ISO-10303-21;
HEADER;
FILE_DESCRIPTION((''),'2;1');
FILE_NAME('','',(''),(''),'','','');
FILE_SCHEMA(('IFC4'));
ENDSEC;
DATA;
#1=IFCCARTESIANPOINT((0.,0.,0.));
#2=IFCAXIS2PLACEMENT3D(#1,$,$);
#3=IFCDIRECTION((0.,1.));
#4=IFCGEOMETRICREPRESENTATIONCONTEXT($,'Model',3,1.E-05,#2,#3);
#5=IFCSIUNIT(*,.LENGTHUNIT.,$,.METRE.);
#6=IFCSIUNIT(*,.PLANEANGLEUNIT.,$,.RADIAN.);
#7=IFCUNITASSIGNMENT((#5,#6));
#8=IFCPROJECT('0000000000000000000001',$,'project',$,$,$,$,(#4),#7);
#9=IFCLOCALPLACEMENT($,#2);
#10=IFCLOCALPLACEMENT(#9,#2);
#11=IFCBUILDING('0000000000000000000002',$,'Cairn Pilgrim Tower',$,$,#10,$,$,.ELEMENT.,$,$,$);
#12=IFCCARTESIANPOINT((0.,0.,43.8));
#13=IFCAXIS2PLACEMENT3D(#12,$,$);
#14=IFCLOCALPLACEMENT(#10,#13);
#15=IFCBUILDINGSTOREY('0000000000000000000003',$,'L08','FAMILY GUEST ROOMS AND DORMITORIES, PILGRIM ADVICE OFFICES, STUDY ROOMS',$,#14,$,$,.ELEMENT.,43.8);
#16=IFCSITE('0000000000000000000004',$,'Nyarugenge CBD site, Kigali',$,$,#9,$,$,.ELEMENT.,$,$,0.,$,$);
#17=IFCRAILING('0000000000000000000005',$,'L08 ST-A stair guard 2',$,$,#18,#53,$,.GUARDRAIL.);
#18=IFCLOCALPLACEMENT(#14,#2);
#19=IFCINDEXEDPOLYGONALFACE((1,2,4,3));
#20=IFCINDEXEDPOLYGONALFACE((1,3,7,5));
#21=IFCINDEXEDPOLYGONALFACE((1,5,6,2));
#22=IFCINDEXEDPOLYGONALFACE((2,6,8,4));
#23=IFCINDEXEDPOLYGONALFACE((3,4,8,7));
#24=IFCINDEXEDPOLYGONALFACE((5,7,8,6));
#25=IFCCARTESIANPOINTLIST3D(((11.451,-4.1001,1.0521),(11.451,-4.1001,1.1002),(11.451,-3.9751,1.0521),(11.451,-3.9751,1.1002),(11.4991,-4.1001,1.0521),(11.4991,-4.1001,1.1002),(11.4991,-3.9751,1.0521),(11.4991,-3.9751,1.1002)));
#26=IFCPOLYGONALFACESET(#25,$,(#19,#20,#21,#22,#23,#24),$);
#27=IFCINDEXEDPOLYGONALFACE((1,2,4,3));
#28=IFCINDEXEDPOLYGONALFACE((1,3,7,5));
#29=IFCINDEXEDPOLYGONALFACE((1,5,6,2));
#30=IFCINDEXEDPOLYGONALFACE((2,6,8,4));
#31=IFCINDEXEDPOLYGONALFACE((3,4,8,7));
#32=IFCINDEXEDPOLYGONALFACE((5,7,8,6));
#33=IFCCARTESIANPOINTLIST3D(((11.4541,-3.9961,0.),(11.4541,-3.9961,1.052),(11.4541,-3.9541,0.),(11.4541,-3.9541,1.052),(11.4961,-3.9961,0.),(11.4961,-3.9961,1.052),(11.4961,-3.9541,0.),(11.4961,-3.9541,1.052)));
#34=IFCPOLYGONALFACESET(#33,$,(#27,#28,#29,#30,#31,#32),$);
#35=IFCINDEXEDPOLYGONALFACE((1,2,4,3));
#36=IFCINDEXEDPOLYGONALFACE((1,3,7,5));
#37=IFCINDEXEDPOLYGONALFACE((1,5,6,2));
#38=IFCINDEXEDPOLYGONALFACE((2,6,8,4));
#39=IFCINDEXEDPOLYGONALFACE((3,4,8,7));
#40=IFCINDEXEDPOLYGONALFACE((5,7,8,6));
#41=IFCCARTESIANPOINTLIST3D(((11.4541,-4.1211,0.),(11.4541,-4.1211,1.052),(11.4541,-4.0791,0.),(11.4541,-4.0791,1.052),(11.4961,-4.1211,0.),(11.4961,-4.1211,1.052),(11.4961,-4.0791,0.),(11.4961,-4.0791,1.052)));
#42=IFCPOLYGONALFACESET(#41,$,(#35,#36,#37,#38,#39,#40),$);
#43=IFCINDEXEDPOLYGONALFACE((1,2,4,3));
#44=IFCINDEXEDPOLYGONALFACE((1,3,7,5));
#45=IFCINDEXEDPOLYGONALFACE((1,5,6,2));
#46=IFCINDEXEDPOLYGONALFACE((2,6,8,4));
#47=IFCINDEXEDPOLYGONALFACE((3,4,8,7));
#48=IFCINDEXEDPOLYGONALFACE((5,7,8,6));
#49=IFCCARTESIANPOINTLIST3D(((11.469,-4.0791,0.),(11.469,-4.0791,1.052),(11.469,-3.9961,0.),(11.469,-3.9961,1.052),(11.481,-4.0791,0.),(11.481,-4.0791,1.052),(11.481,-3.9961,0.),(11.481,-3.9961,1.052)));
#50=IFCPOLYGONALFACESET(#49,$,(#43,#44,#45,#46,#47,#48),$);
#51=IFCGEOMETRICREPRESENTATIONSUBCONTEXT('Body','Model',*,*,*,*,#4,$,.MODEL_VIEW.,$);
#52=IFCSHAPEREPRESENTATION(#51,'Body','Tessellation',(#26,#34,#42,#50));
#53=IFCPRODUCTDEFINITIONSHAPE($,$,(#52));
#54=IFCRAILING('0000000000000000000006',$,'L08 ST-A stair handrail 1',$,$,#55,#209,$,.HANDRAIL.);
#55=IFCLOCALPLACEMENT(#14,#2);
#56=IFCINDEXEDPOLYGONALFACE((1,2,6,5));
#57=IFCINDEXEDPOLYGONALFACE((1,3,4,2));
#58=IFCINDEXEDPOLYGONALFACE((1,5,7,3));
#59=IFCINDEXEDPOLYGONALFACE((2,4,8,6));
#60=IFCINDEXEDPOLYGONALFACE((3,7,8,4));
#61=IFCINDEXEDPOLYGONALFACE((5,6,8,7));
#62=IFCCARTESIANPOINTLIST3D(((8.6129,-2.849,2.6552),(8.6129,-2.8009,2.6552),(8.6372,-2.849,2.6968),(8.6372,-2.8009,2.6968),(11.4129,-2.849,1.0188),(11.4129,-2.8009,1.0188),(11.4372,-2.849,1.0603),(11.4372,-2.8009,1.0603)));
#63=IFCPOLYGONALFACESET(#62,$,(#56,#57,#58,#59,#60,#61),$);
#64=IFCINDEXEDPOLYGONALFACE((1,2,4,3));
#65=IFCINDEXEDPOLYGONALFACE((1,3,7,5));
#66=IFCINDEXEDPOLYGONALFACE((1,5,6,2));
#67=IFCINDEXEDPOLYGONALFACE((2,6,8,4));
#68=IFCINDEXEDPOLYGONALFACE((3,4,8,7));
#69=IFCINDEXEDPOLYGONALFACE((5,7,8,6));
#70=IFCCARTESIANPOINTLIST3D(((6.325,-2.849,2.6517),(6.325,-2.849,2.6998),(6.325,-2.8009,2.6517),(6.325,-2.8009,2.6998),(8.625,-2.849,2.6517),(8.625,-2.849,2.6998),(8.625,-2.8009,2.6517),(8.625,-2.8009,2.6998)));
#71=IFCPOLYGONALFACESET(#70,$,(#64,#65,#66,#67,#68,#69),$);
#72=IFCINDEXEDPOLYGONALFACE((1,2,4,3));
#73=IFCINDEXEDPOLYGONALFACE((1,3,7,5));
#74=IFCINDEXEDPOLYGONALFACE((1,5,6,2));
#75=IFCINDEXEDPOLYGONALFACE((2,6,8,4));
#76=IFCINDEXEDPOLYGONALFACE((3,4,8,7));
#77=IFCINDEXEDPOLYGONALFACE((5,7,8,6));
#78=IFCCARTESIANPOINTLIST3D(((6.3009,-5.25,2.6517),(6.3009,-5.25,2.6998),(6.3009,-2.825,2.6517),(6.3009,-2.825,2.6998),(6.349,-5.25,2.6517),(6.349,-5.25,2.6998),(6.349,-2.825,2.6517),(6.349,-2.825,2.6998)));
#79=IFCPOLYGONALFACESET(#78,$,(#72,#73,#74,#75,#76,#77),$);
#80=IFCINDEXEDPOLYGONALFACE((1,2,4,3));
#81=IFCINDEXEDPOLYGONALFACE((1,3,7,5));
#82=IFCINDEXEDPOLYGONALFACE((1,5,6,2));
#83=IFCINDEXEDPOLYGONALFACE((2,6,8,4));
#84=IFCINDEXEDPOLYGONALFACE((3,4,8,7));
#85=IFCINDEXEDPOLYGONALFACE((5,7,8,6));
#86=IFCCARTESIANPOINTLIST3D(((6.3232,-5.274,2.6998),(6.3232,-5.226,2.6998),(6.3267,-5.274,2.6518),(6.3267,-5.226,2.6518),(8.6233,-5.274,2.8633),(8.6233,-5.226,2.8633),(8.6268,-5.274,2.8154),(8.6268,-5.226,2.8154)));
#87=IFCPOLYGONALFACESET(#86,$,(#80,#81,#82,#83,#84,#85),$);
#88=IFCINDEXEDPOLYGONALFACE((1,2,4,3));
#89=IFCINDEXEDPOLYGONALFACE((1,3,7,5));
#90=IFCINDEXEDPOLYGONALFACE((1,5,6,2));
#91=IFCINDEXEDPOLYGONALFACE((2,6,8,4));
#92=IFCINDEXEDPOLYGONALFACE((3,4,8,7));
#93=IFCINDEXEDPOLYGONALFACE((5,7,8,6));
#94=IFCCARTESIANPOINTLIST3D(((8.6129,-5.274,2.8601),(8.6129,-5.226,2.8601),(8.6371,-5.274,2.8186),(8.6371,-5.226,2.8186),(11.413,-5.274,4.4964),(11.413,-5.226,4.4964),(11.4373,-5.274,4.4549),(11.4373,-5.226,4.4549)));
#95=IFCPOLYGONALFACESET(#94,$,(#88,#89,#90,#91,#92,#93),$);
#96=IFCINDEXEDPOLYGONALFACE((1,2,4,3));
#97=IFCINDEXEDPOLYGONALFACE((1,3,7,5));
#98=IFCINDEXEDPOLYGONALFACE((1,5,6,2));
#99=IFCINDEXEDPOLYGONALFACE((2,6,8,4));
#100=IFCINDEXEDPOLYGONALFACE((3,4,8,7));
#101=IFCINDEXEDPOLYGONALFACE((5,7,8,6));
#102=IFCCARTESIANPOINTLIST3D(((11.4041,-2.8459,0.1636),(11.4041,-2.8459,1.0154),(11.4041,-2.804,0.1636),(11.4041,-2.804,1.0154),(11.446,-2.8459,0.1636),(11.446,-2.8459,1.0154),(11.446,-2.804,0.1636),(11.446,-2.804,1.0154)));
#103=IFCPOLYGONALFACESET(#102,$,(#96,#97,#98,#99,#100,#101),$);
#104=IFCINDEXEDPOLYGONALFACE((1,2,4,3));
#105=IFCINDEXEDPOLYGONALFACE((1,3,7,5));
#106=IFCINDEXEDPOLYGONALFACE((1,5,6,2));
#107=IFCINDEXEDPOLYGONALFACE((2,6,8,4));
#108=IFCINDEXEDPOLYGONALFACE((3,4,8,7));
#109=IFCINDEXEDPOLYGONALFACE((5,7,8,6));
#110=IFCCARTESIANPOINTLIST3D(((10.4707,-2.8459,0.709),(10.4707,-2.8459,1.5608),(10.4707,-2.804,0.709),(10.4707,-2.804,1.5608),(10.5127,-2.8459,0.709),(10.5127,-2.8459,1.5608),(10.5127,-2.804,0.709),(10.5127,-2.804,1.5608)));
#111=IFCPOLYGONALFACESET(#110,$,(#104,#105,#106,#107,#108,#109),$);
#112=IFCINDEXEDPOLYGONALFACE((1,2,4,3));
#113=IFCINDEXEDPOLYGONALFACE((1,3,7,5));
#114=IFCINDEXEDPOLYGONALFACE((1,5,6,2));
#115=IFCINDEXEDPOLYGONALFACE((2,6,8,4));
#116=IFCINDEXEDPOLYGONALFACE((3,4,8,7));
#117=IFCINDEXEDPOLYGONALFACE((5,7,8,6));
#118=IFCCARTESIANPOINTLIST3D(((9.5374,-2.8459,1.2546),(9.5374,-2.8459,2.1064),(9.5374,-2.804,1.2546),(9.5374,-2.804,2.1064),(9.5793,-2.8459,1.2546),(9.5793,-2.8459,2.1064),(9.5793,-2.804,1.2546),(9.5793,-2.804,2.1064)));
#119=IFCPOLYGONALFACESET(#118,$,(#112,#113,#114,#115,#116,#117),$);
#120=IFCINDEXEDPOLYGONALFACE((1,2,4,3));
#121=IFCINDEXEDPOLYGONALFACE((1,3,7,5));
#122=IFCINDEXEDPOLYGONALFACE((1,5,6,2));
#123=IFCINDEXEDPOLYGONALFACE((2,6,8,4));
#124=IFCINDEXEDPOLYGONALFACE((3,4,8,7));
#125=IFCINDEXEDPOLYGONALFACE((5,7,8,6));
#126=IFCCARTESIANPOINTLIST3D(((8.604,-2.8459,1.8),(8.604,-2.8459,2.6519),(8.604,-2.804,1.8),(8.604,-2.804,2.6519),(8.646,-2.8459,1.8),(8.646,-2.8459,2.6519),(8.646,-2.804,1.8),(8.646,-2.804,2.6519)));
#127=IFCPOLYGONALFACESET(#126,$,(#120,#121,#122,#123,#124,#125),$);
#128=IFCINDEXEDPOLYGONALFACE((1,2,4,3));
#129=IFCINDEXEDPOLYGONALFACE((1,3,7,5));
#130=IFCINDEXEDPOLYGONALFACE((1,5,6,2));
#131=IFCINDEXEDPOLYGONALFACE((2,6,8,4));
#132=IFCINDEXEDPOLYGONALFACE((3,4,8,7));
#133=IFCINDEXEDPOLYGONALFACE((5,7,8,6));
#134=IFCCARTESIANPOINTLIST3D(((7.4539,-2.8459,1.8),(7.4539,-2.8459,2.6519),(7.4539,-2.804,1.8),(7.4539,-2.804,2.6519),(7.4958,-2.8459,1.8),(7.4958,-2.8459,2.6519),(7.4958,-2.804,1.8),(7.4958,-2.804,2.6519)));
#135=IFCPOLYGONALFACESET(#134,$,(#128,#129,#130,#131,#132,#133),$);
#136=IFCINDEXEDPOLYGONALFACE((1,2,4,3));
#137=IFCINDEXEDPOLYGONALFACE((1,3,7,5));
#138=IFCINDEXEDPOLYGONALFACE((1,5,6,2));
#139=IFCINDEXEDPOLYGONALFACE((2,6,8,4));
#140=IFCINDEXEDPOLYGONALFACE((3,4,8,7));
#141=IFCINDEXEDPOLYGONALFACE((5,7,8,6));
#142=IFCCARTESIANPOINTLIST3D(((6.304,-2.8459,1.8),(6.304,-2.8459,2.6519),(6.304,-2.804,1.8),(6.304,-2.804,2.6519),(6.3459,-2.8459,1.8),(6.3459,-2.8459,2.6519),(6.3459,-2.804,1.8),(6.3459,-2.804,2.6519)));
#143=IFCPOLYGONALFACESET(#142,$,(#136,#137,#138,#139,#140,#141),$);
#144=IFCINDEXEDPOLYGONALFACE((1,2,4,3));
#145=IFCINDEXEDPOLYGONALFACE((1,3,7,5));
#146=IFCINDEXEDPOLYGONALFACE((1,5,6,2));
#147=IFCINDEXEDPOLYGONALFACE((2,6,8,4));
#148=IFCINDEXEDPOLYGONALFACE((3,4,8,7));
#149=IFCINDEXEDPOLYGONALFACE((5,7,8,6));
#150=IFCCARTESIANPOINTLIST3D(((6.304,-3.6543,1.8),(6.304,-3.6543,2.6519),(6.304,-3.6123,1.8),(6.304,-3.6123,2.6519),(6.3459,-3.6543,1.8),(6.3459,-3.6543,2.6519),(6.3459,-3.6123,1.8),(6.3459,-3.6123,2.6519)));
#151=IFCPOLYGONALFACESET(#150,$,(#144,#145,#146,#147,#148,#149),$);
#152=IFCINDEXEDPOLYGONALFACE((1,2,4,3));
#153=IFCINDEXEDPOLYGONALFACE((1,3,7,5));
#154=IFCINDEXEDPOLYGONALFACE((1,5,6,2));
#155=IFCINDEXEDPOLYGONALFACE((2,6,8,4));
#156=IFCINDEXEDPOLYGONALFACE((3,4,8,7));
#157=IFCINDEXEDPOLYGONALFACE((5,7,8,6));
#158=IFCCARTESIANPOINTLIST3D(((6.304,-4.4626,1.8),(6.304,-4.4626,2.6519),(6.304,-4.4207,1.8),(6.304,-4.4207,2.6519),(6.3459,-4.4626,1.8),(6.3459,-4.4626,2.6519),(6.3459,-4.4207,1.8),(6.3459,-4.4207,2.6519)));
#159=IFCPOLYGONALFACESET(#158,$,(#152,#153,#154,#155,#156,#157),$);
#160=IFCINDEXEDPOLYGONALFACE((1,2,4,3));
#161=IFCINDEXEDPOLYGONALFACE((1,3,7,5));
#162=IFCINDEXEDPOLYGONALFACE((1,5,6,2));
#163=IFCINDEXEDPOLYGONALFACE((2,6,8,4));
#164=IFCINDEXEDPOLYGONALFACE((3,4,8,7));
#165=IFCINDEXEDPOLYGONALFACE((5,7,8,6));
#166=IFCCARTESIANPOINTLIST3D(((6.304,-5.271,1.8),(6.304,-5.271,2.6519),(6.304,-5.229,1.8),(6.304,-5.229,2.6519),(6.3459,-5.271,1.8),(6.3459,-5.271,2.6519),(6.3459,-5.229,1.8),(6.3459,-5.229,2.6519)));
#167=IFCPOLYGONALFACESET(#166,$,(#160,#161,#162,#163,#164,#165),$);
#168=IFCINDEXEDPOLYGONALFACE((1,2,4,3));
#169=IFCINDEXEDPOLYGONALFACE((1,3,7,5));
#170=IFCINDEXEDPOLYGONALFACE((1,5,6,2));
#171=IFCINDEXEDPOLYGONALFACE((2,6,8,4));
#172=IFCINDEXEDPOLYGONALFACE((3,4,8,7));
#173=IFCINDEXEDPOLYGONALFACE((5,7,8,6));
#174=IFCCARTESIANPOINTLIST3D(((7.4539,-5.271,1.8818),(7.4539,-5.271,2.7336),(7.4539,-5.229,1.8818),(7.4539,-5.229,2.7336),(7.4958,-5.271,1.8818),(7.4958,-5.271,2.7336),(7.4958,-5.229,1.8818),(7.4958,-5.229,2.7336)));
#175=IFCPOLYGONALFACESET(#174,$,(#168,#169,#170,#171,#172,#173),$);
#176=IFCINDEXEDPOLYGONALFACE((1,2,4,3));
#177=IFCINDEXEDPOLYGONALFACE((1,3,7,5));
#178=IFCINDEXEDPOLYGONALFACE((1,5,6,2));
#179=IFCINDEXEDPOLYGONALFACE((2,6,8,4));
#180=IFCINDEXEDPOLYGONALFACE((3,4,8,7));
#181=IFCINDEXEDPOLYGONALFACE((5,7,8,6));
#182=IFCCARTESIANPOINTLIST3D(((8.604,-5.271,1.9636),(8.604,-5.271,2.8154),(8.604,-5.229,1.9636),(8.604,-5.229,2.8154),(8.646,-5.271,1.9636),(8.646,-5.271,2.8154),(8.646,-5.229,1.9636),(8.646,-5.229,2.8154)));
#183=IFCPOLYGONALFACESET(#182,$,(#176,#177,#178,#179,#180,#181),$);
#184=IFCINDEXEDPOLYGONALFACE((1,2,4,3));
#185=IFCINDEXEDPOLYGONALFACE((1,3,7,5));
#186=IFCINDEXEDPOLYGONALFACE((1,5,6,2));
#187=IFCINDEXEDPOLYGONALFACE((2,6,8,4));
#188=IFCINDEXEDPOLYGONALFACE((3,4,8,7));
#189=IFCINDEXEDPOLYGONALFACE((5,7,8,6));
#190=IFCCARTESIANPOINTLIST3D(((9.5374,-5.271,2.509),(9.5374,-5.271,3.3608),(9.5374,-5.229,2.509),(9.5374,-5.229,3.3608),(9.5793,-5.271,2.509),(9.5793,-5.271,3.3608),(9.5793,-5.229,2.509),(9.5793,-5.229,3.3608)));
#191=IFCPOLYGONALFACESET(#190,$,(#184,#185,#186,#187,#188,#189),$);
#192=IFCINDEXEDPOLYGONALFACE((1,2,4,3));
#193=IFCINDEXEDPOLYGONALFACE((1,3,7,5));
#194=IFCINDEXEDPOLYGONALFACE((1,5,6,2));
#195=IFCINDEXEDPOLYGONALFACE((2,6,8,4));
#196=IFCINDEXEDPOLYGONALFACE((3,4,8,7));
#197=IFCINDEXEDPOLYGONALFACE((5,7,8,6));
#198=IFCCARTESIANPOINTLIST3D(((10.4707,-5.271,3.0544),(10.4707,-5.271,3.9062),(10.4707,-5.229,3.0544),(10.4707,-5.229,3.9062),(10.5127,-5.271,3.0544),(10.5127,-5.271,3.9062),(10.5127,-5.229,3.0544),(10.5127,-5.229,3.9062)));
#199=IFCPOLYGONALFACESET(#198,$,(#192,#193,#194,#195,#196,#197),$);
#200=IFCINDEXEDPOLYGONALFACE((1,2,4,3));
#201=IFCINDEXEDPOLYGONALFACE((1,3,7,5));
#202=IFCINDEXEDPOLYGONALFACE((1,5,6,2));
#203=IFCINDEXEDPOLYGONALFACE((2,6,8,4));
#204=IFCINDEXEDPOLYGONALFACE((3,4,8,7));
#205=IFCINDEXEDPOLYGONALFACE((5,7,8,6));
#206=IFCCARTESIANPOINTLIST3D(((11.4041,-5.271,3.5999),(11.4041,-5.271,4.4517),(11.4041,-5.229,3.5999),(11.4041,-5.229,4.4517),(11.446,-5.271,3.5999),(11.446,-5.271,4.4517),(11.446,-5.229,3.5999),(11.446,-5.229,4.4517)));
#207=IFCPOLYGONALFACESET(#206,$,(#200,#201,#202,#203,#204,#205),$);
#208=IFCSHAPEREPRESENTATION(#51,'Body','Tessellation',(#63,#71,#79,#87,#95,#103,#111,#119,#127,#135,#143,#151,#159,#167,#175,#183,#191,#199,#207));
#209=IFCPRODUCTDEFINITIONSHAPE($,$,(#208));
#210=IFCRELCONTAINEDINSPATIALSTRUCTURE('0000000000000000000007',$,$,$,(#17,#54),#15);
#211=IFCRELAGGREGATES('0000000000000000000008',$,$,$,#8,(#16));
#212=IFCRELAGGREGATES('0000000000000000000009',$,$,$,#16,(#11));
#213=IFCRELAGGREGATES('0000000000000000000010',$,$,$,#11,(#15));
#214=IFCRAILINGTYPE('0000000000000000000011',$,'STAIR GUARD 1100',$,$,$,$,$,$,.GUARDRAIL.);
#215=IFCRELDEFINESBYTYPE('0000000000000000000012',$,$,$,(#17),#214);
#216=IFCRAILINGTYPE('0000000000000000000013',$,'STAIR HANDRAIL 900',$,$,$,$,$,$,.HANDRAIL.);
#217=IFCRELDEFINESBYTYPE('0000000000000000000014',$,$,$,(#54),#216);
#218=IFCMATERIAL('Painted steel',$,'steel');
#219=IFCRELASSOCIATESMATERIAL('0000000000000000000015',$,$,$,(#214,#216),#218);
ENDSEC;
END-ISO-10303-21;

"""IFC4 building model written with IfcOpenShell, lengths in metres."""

from ifc_helpers import new_model, si_unit, direction, frame, origin, origin_2d, place, context, subcontext, project, spatial, polyline, rectangle, outline, extrude, material, type_object, element, save


model = new_model("IFC4")

# Units and contexts
model_context = context("Model", 3, precision=1e-05, world=origin(), true_north=direction((0.0, 1.0)))
body_context = subcontext(model_context, "Body", "Model", "MODEL_VIEW")
ifc_project = project(units=[si_unit("LENGTHUNIT", "METRE"), si_unit("PLANEANGLEUNIT", "RADIAN")], contexts=[model_context])

# Site, building, storey
site_placement = place(None, origin())
site = spatial("IfcSite", under=ifc_project, at=site_placement, Name="Nyarugenge CBD site, Kigali", CompositionType="ELEMENT", RefElevation=0.0)
building_placement = place(site_placement, origin())
building = spatial("IfcBuilding", under=site, at=building_placement, Name="Cairn Pilgrim Tower", CompositionType="ELEMENT")
storey_placement = place(building_placement, frame((0.0, 0.0, 43.8)))
storey = spatial("IfcBuildingStorey", under=building, at=storey_placement, Name="L08", Description="FAMILY GUEST ROOMS AND DORMITORIES, PILGRIM ADVICE OFFICES, STUDY ROOMS", CompositionType="ELEMENT", Elevation=43.8)

# Shared definitions
ifc_material_1 = material(Name="Painted steel", Category="steel")

# Railings
railing_type_1 = type_object("IfcRailingType", Name="STAIR GUARD 1100", PredefinedType="GUARDRAIL", material=ifc_material_1)
railing_1_placement = place(storey_placement, frame((11.4751, -3.9751, 0.0)))
element("IfcRailing", 1, at=railing_1_placement, inside=storey, type_object=railing_type_1, Name="L08 ST-A stair guard 2", PredefinedType="GUARDRAIL", context=body_context, shape_type="SweptSolid", body=[
    extrude(rectangle(XDim=0.0481, YDim=0.0481, at=origin_2d()), frame((0.0, 0.0, 1.0762), z_axis=(0.0, -1.0, 0.0), x_axis=(1.0, 0.0, 0.0)), (0.0, 0.0, 1.0), 0.125),
    extrude(rectangle(XDim=0.042, YDim=0.042, at=origin_2d()), origin(), (0.0, 0.0, 1.0), 1.052),
    extrude(rectangle(XDim=0.042, YDim=0.042, at=origin_2d()), frame((0.0, -0.125, 0.0)), (0.0, 0.0, 1.0), 1.052),
    extrude(outline(polyline([(0.021, 0.0), (0.104, 0.0), (0.104, 1.052), (0.021, 1.052), (0.021, 0.0)])), frame((0.0059, 0.0, 0.0), z_axis=(-1.0, 0.0, 0.0), x_axis=(0.0, -1.0, 0.0)), (0.0, 0.0, 1.0), 0.012),
])
railing_type_2 = type_object("IfcRailingType", Name="STAIR HANDRAIL 900", PredefinedType="HANDRAIL", material=ifc_material_1)
railing_2_placement = place(storey_placement, frame((11.425, -2.825, 0.1636)))
element("IfcRailing", 2, at=railing_2_placement, inside=storey, type_object=railing_type_2, Name="L08 ST-A stair handrail 1", PredefinedType="HANDRAIL", context=body_context, shape_type="SweptSolid", body=[
    extrude(rectangle(XDim=0.0481, YDim=0.0481, at=origin_2d()), frame((0.0, 0.0, 0.876), z_axis=(-0.863361, 0.0, 0.504587), x_axis=(0.0, -1.0, 0.0)), (0.0, 0.0, 1.0), 3.2432),
    extrude(rectangle(XDim=0.0481, YDim=0.0481, at=origin_2d()), frame((-2.8, 0.0, 2.5122), z_axis=(-1.0, 0.0, 0.0), x_axis=(0.0, -1.0, 0.0)), (0.0, 0.0, 1.0), 2.3),
    extrude(rectangle(XDim=0.0481, YDim=0.0481, at=origin_2d()), frame((-5.1001, 0.0, 2.5122), z_axis=(0.0, -1.0, 0.0), x_axis=(1.0, 0.0, 0.0)), (0.0, 0.0, 1.0), 2.425),
    extrude(rectangle(XDim=0.0481, YDim=0.0481, at=origin_2d()), frame((-5.1001, -2.425, 2.5122), z_axis=(0.997481, 0.0, 0.070939), x_axis=(0.0, 1.0, 0.0)), (0.0, 0.0, 1.0), 2.3059),
    extrude(rectangle(XDim=0.0481, YDim=0.0481, at=origin_2d()), frame((-2.8, -2.425, 2.6758), z_axis=(0.863394, 0.0, 0.504531), x_axis=(0.0, 1.0, 0.0)), (0.0, 0.0, 1.0), 3.2432),
    extrude(rectangle(XDim=0.042, YDim=0.042, at=origin_2d()), origin(), (0.0, 0.0, 1.0), 0.8518),
    extrude(rectangle(XDim=0.042, YDim=0.042, at=origin_2d()), frame((-0.9333, 0.0, 0.5454)), (0.0, 0.0, 1.0), 0.8518),
    extrude(rectangle(XDim=0.042, YDim=0.042, at=origin_2d()), frame((-1.8667, 0.0, 1.0911)), (0.0, 0.0, 1.0), 0.8518),
    extrude(rectangle(XDim=0.042, YDim=0.042, at=origin_2d()), frame((-2.8, 0.0, 1.6365)), (0.0, 0.0, 1.0), 0.8518),
    extrude(rectangle(XDim=0.042, YDim=0.042, at=origin_2d()), frame((-3.9502, 0.0, 1.6365)), (0.0, 0.0, 1.0), 0.8518),
    extrude(rectangle(XDim=0.042, YDim=0.042, at=origin_2d()), frame((-5.1001, 0.0, 1.6365)), (0.0, 0.0, 1.0), 0.8518),
    extrude(rectangle(XDim=0.042, YDim=0.042, at=origin_2d()), frame((-5.1001, -0.8083, 1.6365)), (0.0, 0.0, 1.0), 0.8518),
    extrude(rectangle(XDim=0.042, YDim=0.042, at=origin_2d()), frame((-5.1001, -1.6167, 1.6365)), (0.0, 0.0, 1.0), 0.8518),
    extrude(rectangle(XDim=0.042, YDim=0.042, at=origin_2d()), frame((-5.1001, -2.425, 1.6365)), (0.0, 0.0, 1.0), 0.8518),
    extrude(rectangle(XDim=0.042, YDim=0.042, at=origin_2d()), frame((-3.9502, -2.425, 1.7183)), (0.0, 0.0, 1.0), 0.8518),
    extrude(rectangle(XDim=0.042, YDim=0.042, at=origin_2d()), frame((-2.8, -2.425, 1.8)), (0.0, 0.0, 1.0), 0.8518),
    extrude(rectangle(XDim=0.042, YDim=0.042, at=origin_2d()), frame((-1.8667, -2.425, 2.3455)), (0.0, 0.0, 1.0), 0.8518),
    extrude(rectangle(XDim=0.042, YDim=0.042, at=origin_2d()), frame((-0.9333, -2.425, 2.8909)), (0.0, 0.0, 1.0), 0.8518),
    extrude(rectangle(XDim=0.042, YDim=0.042, at=origin_2d()), frame((0.0, -2.425, 3.4363)), (0.0, 0.0, 1.0), 0.8518),
])

save(model, "model.ifc")
